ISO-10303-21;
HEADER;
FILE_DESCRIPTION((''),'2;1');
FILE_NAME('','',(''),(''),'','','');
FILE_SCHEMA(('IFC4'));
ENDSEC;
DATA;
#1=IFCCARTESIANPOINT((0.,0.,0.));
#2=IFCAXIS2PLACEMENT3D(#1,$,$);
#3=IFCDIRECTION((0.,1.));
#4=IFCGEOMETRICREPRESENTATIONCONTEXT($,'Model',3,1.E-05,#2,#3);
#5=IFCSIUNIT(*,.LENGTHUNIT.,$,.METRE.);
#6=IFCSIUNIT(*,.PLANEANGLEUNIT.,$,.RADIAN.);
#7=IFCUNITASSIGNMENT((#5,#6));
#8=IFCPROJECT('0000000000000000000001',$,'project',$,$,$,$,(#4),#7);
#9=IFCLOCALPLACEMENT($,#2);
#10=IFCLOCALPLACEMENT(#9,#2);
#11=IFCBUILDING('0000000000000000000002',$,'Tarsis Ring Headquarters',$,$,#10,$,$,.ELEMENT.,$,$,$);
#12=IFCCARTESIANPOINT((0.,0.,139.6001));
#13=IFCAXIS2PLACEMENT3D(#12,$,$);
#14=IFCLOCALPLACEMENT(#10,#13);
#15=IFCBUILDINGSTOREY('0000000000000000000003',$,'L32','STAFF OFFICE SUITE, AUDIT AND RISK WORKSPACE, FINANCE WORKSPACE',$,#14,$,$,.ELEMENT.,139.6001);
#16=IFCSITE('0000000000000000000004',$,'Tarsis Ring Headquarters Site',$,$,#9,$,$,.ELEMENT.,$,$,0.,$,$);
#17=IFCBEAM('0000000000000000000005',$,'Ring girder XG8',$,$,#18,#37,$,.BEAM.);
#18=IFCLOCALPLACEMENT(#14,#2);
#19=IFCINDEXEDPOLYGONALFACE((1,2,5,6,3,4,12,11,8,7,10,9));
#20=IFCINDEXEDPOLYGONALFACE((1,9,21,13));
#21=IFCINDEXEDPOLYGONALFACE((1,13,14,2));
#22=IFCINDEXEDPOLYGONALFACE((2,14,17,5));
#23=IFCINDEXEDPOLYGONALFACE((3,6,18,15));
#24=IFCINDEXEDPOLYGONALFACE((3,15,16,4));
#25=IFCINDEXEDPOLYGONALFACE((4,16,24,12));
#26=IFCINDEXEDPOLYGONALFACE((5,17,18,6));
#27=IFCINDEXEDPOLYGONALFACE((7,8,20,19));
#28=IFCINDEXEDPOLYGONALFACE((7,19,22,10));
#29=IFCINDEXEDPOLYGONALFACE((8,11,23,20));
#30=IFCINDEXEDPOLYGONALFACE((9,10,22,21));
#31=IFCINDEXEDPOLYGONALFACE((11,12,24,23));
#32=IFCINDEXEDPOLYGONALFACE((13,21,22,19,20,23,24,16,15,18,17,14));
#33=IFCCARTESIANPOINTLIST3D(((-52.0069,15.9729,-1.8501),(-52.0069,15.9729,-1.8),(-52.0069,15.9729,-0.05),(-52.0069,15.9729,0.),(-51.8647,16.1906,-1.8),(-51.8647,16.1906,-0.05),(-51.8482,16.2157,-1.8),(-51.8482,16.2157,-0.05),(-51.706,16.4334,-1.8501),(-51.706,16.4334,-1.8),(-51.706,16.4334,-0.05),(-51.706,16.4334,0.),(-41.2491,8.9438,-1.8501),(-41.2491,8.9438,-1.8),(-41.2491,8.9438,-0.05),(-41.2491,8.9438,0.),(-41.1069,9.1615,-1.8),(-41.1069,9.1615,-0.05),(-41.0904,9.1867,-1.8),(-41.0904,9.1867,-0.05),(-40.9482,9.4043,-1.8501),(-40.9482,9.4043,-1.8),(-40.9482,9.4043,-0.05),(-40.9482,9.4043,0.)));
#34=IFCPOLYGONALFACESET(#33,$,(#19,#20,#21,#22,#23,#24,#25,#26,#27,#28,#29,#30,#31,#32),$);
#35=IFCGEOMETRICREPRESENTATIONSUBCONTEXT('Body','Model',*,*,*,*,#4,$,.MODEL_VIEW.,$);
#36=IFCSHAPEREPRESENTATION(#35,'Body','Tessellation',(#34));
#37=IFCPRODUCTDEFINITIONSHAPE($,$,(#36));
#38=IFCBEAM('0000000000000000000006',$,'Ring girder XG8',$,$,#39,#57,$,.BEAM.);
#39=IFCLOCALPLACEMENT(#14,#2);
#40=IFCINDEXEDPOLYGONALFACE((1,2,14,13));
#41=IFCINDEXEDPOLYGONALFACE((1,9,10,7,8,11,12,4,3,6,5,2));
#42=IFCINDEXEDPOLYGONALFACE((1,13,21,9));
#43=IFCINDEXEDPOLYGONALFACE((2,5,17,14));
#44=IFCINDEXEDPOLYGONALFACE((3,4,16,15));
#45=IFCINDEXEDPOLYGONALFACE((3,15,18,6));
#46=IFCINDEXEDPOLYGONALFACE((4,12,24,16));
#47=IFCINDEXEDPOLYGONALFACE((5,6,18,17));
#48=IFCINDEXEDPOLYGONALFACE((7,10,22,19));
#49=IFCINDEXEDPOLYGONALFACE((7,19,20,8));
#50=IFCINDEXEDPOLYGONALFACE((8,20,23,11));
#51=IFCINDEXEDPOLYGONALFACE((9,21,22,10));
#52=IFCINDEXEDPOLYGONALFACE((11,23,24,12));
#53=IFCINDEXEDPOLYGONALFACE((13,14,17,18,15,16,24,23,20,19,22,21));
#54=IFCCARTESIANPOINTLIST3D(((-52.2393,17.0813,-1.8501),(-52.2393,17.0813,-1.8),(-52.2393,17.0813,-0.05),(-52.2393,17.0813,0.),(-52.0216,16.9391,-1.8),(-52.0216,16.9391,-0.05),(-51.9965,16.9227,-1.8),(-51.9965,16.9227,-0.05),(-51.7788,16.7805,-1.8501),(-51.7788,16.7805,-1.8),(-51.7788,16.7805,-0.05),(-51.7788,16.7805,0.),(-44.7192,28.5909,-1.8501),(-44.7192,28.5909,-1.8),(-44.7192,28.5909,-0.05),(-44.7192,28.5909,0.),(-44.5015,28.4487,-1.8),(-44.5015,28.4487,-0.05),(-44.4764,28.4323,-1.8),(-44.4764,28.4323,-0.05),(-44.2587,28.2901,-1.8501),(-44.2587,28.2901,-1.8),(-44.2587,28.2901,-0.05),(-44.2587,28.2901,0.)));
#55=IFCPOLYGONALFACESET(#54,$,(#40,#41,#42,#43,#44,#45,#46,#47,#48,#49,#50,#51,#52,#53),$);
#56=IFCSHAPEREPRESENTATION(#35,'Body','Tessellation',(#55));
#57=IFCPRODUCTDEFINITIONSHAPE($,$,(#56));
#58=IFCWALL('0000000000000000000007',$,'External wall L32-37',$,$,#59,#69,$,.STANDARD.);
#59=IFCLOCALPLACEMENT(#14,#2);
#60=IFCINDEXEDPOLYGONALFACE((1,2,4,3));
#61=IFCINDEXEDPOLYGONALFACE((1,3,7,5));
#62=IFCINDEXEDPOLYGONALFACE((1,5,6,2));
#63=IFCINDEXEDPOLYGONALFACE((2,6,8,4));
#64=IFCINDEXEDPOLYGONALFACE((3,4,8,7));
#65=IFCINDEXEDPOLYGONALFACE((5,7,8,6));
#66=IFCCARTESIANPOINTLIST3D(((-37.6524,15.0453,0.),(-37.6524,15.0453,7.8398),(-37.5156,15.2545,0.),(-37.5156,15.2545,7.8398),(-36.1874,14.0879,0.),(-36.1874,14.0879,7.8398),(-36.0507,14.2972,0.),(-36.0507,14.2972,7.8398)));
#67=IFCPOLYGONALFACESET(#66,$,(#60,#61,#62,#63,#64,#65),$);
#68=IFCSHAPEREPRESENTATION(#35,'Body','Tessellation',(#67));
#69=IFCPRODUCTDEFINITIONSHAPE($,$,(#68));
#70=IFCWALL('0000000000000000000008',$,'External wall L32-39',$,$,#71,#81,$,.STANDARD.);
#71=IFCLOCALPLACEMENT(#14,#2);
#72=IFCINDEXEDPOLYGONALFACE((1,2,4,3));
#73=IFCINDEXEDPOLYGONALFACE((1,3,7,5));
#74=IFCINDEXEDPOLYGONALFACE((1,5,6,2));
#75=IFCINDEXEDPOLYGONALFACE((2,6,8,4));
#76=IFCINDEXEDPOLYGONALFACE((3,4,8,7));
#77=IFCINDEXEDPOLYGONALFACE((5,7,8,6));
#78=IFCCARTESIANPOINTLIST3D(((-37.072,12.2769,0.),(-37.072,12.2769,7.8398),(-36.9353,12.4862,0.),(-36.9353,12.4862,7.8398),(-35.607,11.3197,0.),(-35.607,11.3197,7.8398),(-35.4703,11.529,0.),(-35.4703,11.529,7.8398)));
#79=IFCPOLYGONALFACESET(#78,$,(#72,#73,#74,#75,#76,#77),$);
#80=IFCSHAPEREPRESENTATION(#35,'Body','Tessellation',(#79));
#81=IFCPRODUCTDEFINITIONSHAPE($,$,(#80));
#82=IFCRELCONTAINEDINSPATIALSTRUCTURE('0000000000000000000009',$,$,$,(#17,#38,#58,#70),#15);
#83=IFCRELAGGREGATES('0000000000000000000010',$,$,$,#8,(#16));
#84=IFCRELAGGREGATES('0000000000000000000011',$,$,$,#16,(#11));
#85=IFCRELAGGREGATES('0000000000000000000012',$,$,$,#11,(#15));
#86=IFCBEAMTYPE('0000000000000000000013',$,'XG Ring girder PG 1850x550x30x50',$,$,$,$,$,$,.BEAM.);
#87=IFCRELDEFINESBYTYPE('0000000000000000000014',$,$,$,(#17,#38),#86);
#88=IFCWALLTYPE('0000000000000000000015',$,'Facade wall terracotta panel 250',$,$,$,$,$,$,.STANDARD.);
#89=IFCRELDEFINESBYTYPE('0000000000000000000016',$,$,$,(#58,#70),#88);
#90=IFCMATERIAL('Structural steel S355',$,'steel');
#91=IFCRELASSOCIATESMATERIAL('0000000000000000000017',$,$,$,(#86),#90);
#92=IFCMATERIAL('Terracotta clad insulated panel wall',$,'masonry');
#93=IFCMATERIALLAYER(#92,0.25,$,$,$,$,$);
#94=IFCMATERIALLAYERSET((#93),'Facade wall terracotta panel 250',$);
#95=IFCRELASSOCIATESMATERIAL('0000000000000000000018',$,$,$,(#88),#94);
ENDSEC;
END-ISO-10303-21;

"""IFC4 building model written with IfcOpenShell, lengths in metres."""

from ifc_helpers import new_model, si_unit, direction, frame, frame_2d, origin, origin_2d, place, context, subcontext, project, spatial, rectangle, i_section, extrude, material, layer, layer_set, material_profile, profile_set, type_object, element, save


model = new_model("IFC4")

# Units and contexts
model_context = context("Model", 3, precision=1e-05, world=origin(), true_north=direction((0.0, 1.0)))
body_context = subcontext(model_context, "Body", "Model", "MODEL_VIEW")
ifc_project = project(units=[si_unit("LENGTHUNIT", "METRE"), si_unit("PLANEANGLEUNIT", "RADIAN")], contexts=[model_context])

# Site, building, storey
site_placement = place(None, origin())
site = spatial("IfcSite", under=ifc_project, at=site_placement, Name="Tarsis Ring Headquarters Site", CompositionType="ELEMENT", RefElevation=0.0)
building_placement = place(site_placement, origin())
building = spatial("IfcBuilding", under=site, at=building_placement, Name="Tarsis Ring Headquarters", CompositionType="ELEMENT")
storey_placement = place(building_placement, frame((0.0, 0.0, 139.6001)))
storey = spatial("IfcBuildingStorey", under=building, at=storey_placement, Name="L32", Description="STAFF OFFICE SUITE, AUDIT AND RISK WORKSPACE, FINANCE WORKSPACE", CompositionType="ELEMENT", Elevation=139.6001)

# Shared definitions
ifc_material_1 = material(Name="Structural steel S355", Category="steel")

# Beams
ifc_material_profile_1 = material_profile(ifc_material_1, i_section(OverallWidth=0.55, OverallDepth=1.8501, WebThickness=0.03, FlangeThickness=0.05, at=origin_2d()), Name="PG 1850x550x30x50")
ifc_profile_set_1 = profile_set([ifc_material_profile_1], Name="Structural steel S355")
beam_type_1 = type_object("IfcBeamType", Name="XG Ring girder PG 1850x550x30x50", PredefinedType="BEAM", material=ifc_profile_set_1)
beam_1_placement = place(storey_placement, frame((-51.8564, 16.2031, -0.925), z_axis=(0.837144, -0.546982, 0.0), x_axis=(0.546982, 0.837144, 0.0)))
element("IfcBeam", 1, at=beam_1_placement, inside=storey, type_object=beam_type_1, Name="Ring girder XG8", PredefinedType="BEAM", context=body_context, shape_type="SweptSolid", body=[
    extrude(i_section(OverallWidth=0.55, OverallDepth=1.8501, WebThickness=0.03, FlangeThickness=0.05, at=origin_2d()), origin(), (0.0, 0.0, 1.0), 12.8506),
])
beam_2_placement = place(storey_placement, frame((-52.009, 16.9309, -0.925), z_axis=(0.546972, 0.837151, 0.0), x_axis=(-0.837151, 0.546972, 0.0)))
element("IfcBeam", 2, at=beam_2_placement, inside=storey, type_object=beam_type_1, Name="Ring girder XG8", PredefinedType="BEAM", context=body_context, shape_type="SweptSolid", body=[
    extrude(i_section(OverallWidth=0.55, OverallDepth=1.8501, WebThickness=0.03, FlangeThickness=0.05, at=origin_2d()), origin(), (0.0, 0.0, 1.0), 13.7485),
])

# Walls
ifc_material_2 = material(Name="Terracotta clad insulated panel wall", Category="masonry")
ifc_layer = layer(ifc_material_2, 0.25)
ifc_layer_set = layer_set([ifc_layer], Name="Facade wall terracotta panel 250")
wall_type = type_object("IfcWallType", Name="Facade wall terracotta panel 250", PredefinedType="STANDARD", material=ifc_layer_set)
for number, where, z_axis, x_axis, name in (
    (3, (-37.584, 15.1499, 0.0), (0.0, 0.0, 1.0), (0.837102, -0.547046, 0.0), "External wall L32-37"),
    (4, (-37.0037, 12.3816, 0.0), (0.0, 0.0, 1.0), (0.837144, -0.546982, 0.0), "External wall L32-39"),
):
    element("IfcWall", number, at=place(storey_placement, frame(where, z_axis=z_axis, x_axis=x_axis)), inside=storey, type_object=wall_type, Name=name, PredefinedType="STANDARD", context=body_context, shape_type="SweptSolid", body=[
        extrude(rectangle(XDim=1.75, YDim=0.25, at=frame_2d((0.875, 0.0))), origin(), (0.0, 0.0, 1.0), 7.8398),
    ])

save(model, "model.ifc")
